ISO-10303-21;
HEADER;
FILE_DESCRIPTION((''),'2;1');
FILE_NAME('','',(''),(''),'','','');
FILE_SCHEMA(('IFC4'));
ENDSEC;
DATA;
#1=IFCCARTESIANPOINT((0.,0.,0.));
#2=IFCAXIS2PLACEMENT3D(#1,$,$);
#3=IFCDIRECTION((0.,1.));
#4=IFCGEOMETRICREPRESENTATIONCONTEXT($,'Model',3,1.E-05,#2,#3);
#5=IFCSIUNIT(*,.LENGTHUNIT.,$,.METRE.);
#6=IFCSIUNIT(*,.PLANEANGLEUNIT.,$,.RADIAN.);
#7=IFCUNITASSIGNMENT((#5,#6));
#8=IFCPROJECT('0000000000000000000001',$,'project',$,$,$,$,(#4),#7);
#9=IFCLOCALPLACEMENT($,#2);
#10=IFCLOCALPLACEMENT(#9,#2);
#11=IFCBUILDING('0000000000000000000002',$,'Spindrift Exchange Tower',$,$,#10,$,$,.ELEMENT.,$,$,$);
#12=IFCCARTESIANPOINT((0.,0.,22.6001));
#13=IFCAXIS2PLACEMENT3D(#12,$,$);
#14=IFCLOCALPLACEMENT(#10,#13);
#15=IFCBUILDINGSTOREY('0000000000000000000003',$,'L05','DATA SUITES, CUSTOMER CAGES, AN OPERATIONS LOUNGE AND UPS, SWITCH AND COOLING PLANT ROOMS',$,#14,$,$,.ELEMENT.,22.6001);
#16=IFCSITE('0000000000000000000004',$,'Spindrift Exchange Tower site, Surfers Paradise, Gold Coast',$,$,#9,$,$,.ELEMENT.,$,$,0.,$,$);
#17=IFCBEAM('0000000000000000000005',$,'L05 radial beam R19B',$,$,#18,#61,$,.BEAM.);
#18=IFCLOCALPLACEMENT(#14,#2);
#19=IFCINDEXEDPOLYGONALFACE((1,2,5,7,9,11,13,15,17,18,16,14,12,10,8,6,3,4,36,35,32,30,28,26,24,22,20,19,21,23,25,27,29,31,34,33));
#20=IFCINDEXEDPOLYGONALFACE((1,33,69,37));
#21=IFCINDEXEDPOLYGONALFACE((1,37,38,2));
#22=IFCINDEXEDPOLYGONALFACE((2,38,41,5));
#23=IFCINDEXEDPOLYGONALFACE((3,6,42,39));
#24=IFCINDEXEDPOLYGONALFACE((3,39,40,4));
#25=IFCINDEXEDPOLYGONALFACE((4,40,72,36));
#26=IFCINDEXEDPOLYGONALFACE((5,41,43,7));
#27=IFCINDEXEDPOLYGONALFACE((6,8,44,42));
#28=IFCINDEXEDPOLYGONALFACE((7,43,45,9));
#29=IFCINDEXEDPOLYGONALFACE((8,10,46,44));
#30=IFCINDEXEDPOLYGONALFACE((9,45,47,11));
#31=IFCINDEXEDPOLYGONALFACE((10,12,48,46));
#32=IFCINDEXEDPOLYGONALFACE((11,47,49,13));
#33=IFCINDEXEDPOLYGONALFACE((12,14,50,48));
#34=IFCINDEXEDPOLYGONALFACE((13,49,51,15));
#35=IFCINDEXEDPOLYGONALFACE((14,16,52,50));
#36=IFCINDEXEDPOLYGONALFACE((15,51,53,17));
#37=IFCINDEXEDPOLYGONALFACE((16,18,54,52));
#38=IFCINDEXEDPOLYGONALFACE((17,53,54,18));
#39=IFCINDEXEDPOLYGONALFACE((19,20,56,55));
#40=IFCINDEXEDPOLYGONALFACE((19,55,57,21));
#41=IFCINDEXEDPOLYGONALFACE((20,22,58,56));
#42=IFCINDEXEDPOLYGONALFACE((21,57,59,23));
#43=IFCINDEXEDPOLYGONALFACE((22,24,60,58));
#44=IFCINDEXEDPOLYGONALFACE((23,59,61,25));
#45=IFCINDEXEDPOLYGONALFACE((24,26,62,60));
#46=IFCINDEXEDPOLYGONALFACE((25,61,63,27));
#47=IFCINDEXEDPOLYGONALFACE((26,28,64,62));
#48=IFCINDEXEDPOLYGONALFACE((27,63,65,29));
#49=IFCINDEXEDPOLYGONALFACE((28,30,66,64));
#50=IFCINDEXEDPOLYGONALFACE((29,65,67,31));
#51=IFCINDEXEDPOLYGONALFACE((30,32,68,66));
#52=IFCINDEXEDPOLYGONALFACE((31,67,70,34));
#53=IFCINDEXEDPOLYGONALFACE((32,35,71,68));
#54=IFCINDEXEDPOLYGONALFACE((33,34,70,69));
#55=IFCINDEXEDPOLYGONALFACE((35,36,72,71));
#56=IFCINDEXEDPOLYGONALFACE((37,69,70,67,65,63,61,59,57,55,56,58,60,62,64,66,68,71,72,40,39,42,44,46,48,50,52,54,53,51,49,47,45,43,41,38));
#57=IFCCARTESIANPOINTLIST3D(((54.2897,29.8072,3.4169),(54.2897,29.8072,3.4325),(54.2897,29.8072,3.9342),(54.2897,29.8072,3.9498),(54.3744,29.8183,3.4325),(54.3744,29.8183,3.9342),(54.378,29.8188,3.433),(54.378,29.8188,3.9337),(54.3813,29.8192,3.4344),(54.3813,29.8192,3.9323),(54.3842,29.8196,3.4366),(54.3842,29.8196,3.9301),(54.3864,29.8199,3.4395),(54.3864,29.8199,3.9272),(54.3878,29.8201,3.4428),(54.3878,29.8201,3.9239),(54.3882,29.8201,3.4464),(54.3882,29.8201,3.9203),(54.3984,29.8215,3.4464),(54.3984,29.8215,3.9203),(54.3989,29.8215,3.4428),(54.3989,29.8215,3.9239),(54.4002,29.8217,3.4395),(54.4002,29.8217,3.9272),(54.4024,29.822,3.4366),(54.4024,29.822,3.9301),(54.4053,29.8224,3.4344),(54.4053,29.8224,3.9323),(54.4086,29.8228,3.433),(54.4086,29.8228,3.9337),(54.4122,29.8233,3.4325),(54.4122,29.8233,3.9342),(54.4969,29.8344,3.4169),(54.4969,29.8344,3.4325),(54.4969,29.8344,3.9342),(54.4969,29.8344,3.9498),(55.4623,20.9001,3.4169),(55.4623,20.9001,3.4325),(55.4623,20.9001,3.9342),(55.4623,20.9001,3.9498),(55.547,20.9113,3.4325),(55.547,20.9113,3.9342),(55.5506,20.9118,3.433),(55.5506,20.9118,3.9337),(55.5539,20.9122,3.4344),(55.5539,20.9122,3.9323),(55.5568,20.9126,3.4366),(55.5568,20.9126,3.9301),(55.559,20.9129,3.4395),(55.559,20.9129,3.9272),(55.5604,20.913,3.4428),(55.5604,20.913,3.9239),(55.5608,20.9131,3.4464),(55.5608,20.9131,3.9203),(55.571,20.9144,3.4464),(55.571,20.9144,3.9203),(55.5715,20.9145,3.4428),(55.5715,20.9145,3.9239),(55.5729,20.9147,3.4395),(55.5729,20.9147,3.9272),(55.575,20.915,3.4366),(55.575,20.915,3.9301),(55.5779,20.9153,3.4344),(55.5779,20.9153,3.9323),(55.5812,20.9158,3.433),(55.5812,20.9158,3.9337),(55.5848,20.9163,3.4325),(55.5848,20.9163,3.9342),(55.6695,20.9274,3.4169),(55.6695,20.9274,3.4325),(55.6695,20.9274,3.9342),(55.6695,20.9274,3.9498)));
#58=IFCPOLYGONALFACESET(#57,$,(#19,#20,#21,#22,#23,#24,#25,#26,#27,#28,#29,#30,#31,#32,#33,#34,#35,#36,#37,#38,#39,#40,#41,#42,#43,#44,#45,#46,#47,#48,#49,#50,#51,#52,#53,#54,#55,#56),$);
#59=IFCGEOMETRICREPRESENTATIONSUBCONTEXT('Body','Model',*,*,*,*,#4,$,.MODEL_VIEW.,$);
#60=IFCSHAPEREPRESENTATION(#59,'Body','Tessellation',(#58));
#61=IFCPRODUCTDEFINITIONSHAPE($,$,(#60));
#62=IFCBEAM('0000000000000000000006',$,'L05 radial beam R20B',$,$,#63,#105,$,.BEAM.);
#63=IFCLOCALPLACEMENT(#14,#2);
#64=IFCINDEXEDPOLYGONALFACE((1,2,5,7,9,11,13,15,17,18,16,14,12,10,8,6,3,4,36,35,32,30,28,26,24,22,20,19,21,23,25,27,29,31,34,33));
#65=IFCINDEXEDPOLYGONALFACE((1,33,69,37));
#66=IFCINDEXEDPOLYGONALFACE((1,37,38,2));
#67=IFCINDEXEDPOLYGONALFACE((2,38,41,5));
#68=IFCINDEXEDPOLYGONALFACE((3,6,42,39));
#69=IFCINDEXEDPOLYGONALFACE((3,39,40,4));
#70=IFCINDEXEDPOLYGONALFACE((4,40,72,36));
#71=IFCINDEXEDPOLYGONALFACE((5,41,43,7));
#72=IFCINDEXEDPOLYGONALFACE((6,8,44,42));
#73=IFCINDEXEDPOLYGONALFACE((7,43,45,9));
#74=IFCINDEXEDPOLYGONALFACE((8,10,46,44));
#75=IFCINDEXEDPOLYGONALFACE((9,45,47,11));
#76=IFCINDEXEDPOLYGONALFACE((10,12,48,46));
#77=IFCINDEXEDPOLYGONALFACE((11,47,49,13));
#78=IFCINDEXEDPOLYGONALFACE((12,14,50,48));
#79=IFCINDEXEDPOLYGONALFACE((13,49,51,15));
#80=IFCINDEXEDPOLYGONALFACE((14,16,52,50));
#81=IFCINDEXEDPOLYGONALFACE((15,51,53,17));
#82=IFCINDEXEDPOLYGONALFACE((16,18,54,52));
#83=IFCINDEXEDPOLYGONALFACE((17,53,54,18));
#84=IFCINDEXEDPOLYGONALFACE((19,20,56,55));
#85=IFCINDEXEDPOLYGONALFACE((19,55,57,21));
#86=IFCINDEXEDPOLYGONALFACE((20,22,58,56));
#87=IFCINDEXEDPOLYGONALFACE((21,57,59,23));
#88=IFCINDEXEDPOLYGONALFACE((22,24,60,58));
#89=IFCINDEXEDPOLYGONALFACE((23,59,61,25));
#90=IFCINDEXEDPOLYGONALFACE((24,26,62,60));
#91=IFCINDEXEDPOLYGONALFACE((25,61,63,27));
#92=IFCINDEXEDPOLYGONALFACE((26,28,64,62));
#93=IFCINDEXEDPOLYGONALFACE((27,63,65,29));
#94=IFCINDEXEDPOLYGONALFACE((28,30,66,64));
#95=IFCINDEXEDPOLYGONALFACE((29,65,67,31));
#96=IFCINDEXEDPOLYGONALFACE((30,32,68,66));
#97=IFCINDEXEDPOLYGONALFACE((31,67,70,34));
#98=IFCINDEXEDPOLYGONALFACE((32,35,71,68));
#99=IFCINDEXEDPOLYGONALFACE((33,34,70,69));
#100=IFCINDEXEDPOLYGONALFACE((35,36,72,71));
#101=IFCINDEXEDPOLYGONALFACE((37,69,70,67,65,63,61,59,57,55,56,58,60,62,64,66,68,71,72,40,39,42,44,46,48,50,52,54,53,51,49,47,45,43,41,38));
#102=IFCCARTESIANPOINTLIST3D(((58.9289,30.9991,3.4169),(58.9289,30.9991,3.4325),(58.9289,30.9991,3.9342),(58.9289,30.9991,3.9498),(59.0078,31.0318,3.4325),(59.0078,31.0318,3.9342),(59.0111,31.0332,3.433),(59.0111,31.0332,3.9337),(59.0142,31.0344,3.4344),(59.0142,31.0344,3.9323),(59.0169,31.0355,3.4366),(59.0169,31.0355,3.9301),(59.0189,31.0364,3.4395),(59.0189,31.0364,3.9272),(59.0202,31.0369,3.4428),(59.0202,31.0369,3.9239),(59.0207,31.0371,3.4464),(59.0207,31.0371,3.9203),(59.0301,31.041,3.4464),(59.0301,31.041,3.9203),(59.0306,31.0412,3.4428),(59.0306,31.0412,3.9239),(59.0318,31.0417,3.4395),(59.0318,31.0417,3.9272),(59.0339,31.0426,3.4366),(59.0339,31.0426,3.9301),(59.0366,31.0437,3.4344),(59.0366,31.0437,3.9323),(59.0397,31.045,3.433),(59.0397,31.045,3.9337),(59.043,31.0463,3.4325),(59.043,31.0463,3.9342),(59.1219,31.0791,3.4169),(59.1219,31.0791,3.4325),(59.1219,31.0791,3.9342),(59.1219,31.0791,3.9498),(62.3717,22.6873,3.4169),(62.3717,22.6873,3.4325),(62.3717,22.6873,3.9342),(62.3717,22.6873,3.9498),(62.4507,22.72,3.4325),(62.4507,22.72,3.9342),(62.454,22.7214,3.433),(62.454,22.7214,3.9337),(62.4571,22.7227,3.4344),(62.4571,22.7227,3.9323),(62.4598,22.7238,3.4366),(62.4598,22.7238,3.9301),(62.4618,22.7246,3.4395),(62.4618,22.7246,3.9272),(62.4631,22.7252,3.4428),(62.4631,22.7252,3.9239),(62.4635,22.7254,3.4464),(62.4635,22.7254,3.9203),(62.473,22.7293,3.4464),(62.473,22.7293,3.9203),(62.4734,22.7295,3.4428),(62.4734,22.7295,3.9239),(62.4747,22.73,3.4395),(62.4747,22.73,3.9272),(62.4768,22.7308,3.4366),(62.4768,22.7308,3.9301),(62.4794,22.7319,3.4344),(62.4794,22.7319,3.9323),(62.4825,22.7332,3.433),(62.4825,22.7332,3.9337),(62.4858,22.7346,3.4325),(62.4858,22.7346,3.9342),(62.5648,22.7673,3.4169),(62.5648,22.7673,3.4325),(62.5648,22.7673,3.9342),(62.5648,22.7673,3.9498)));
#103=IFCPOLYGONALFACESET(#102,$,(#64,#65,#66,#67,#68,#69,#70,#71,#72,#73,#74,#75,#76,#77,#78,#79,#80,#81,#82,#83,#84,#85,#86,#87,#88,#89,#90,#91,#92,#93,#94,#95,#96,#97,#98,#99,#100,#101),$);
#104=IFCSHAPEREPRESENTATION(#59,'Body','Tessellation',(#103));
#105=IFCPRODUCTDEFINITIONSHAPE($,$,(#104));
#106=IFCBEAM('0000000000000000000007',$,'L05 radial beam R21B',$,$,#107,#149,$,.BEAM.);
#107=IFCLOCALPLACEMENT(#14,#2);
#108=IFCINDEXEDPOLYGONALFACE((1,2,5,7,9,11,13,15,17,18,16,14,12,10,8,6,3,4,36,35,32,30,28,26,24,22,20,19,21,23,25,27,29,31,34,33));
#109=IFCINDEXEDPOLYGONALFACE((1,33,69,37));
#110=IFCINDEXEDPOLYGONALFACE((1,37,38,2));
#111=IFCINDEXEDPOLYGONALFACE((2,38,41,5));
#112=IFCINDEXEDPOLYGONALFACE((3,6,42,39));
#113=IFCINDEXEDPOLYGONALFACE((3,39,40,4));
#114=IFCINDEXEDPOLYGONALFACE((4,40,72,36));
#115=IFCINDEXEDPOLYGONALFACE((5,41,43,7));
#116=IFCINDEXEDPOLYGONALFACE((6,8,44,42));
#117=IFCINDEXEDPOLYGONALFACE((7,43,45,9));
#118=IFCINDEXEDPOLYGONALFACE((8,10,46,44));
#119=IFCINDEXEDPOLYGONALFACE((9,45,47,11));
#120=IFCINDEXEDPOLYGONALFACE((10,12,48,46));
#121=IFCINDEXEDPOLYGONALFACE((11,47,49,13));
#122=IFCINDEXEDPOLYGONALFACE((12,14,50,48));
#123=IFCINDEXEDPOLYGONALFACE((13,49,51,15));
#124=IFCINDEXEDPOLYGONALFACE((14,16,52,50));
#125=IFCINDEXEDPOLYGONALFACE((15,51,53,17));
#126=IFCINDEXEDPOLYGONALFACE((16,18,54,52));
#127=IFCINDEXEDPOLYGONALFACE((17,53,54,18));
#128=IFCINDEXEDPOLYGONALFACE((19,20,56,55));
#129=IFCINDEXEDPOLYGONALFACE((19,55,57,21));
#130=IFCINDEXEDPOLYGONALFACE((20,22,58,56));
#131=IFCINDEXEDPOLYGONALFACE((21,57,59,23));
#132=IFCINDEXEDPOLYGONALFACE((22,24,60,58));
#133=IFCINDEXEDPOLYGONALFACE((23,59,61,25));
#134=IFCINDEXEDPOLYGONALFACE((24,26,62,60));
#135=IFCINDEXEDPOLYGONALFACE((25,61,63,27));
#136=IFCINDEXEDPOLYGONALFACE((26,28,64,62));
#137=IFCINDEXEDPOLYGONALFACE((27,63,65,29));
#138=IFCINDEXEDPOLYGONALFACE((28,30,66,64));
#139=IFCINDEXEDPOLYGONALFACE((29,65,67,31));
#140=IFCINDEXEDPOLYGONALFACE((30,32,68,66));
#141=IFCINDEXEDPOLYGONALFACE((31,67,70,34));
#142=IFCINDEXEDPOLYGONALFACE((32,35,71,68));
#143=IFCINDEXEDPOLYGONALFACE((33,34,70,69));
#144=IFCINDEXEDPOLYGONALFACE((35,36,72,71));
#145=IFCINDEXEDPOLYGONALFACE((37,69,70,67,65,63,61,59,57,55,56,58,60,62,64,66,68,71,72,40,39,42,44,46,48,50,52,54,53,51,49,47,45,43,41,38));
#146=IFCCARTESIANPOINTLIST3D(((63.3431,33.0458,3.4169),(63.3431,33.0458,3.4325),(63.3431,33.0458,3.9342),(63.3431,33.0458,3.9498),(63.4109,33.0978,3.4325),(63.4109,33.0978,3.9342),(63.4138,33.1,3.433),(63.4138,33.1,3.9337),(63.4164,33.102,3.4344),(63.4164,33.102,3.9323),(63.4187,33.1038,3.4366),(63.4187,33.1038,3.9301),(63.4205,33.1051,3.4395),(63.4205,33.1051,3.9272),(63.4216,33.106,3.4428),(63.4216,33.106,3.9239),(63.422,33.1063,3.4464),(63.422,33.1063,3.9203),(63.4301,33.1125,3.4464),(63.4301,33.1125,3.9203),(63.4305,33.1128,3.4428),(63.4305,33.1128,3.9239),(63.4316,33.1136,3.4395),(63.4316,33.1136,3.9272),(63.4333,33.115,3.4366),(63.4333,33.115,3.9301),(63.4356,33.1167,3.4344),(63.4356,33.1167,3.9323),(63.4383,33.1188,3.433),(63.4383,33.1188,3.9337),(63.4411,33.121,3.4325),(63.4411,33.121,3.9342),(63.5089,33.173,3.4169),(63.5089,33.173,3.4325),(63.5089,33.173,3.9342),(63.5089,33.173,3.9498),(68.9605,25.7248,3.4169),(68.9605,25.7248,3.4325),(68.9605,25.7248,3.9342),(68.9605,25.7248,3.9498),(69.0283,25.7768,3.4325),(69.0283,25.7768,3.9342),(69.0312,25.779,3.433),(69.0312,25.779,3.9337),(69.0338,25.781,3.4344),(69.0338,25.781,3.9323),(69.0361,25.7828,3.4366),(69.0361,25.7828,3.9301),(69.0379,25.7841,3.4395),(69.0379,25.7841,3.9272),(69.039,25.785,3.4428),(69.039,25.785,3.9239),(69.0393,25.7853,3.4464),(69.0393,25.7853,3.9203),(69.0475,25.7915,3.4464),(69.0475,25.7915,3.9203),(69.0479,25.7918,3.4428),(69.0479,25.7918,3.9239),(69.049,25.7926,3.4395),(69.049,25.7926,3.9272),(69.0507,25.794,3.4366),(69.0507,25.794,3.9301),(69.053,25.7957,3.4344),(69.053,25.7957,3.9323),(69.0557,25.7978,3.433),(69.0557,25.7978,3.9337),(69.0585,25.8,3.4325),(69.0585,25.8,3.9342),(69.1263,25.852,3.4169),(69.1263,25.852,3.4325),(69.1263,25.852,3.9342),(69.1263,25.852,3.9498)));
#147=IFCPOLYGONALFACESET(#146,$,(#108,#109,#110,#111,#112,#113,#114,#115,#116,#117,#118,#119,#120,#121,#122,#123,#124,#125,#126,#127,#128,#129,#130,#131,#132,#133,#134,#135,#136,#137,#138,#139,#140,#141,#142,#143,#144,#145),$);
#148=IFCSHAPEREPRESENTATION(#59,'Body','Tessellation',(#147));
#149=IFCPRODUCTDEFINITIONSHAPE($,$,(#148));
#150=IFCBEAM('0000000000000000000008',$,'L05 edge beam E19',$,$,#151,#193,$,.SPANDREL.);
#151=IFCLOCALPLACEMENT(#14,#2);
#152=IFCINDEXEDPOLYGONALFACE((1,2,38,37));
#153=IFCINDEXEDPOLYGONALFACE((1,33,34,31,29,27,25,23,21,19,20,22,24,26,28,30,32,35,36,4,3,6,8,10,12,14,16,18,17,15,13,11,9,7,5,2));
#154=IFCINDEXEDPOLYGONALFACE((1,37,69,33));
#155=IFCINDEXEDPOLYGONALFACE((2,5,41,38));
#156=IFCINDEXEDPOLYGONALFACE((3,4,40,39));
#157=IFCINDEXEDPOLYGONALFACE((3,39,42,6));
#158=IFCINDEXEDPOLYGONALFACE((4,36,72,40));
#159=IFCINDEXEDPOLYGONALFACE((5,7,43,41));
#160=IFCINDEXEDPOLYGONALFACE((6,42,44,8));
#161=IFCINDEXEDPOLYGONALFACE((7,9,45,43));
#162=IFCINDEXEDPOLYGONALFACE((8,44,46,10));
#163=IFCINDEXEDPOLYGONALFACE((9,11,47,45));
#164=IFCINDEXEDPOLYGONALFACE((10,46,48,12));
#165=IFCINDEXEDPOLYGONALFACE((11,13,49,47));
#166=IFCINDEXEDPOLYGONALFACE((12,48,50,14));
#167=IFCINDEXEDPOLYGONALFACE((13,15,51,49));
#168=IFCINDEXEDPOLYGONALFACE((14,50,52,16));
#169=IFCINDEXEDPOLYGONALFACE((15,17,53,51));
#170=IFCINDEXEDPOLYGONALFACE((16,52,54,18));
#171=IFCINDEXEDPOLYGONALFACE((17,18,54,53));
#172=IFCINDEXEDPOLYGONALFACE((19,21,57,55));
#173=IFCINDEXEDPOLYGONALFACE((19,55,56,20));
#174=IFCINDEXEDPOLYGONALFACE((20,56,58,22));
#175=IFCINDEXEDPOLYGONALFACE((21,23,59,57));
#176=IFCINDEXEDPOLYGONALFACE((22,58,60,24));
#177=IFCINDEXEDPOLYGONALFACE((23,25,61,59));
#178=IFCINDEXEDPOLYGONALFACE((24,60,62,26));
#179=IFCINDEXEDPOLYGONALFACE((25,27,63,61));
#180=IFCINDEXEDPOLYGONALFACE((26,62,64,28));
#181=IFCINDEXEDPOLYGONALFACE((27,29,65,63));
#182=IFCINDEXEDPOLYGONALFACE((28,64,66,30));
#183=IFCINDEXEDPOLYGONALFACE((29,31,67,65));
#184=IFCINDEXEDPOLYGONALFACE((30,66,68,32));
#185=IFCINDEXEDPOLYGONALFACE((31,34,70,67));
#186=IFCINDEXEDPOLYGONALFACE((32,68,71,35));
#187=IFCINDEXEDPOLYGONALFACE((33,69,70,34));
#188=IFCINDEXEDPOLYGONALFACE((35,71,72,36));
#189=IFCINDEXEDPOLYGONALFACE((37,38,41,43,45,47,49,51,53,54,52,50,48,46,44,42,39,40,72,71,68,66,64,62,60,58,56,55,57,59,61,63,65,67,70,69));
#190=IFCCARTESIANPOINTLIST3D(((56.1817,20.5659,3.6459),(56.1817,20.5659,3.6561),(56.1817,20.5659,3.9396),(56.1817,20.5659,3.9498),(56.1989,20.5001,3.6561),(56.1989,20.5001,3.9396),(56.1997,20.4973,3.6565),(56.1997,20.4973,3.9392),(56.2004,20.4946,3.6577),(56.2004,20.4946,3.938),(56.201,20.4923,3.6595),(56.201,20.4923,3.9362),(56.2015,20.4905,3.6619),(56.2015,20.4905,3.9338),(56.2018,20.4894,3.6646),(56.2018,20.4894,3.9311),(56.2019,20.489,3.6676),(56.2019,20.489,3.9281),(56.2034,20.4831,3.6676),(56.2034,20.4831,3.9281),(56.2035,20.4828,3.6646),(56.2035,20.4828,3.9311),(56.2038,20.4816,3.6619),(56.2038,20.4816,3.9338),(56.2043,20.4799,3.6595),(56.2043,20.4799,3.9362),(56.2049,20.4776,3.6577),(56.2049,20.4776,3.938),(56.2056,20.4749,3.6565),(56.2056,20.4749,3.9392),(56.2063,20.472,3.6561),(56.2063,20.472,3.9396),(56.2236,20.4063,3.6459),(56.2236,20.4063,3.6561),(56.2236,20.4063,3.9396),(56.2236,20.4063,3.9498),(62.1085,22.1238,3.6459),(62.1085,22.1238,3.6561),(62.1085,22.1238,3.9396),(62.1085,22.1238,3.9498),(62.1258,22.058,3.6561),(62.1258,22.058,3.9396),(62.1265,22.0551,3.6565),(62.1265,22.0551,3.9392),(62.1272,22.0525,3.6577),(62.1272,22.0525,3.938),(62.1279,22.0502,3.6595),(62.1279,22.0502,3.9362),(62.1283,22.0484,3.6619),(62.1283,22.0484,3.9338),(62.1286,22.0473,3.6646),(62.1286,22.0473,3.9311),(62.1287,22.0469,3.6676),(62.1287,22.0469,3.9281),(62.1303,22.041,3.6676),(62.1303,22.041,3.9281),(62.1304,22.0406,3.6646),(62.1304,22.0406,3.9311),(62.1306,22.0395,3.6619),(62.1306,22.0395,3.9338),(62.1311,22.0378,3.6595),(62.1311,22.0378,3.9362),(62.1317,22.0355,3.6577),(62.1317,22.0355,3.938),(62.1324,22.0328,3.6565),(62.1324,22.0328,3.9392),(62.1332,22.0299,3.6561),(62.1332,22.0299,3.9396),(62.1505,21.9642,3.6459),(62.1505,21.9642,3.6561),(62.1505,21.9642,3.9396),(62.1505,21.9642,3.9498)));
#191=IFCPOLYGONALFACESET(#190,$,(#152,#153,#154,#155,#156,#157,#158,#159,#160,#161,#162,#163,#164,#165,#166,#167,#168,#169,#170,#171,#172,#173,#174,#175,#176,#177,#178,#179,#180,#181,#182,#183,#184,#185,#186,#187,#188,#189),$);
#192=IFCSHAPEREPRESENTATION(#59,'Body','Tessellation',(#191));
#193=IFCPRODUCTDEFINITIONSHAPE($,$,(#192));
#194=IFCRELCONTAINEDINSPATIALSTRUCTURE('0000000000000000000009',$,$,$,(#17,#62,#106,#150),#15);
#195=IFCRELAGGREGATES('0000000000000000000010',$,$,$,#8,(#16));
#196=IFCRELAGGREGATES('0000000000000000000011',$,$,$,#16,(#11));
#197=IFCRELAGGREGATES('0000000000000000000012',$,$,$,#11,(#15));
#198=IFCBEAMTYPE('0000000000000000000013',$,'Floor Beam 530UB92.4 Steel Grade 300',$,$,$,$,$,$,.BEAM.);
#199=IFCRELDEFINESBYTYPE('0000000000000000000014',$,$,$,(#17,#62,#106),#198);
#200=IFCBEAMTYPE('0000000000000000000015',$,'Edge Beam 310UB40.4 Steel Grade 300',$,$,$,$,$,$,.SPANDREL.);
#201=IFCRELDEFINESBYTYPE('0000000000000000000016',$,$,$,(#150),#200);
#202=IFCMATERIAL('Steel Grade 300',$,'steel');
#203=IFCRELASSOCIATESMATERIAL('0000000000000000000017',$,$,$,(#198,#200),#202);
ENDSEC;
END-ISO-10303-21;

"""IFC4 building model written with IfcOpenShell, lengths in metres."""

from ifc_helpers import new_model, si_unit, direction, frame, origin, origin_2d, place, context, subcontext, project, spatial, i_section, extrude, source, transform, mapped, material, material_profile, profile_set, type_object, element, save


model = new_model("IFC4")

# Units and contexts
model_context = context("Model", 3, precision=1e-05, world=origin(), true_north=direction((0.0, 1.0)))
body_context = subcontext(model_context, "Body", "Model", "MODEL_VIEW")
ifc_project = project(units=[si_unit("LENGTHUNIT", "METRE"), si_unit("PLANEANGLEUNIT", "RADIAN")], contexts=[model_context])

# Site, building, storey
site_placement = place(None, origin())
site = spatial("IfcSite", under=ifc_project, at=site_placement, Name="Spindrift Exchange Tower site, Surfers Paradise, Gold Coast", CompositionType="ELEMENT", RefElevation=0.0)
building_placement = place(site_placement, origin())
building = spatial("IfcBuilding", under=site, at=building_placement, Name="Spindrift Exchange Tower", CompositionType="ELEMENT")
storey_placement = place(building_placement, frame((0.0, 0.0, 22.6001)))
storey = spatial("IfcBuildingStorey", under=building, at=storey_placement, Name="L05", Description="DATA SUITES, CUSTOMER CAGES, AN OPERATIONS LOUNGE AND UPS, SWITCH AND COOLING PLANT ROOMS", CompositionType="ELEMENT", Elevation=22.6001)

# Beams
ifc_material_1 = material(Name="Steel Grade 300", Category="steel")
ifc_material_profile_1 = material_profile(ifc_material_1, i_section(OverallWidth=0.209, OverallDepth=0.533, WebThickness=0.0103, FlangeThickness=0.0156, FilletRadius=0.0139, at=origin_2d()), Name="530UB92.4")
ifc_profile_set_1 = profile_set([ifc_material_profile_1], Name="Steel Grade 300")
beam_type_1 = type_object("IfcBeamType", Name="Floor Beam 530UB92.4 Steel Grade 300", PredefinedType="BEAM", material=ifc_profile_set_1)
shared_shape_1 = source(origin(), body_context, "Body", "SweptSolid", [
    extrude(i_section(OverallWidth=0.209, OverallDepth=0.533, WebThickness=0.0103, FlangeThickness=0.0156, FilletRadius=0.0139, at=origin_2d()), origin(), (0.0, 0.0, 1.0), 8.9839),
])
beam_1_placement = place(storey_placement, frame((54.3933, 29.8208, 3.6833), z_axis=(0.130524, -0.991445, 0.0), x_axis=(0.991445, 0.130524, 0.0)))
element("IfcBeam", 1, at=beam_1_placement, inside=storey, type_object=beam_type_1, Name="L05 radial beam R19B", PredefinedType="BEAM", context=body_context, shape_type="MappedRepresentation", body=[
    mapped(shared_shape_1, transform((0.0, 0.0, 0.0), scale=1.0)),
])
shared_shape_2 = source(origin(), body_context, "Body", "SweptSolid", [
    extrude(i_section(OverallWidth=0.209, OverallDepth=0.533, WebThickness=0.0103, FlangeThickness=0.0156, FilletRadius=0.0139, at=origin_2d()), origin(), (0.0, 0.0, 1.0), 8.9966),
])
beam_2_placement = place(storey_placement, frame((59.0254, 31.0391, 3.6833), z_axis=(0.382686, -0.923879, 0.0), x_axis=(0.923879, 0.382686, 0.0)))
element("IfcBeam", 2, at=beam_2_placement, inside=storey, type_object=beam_type_1, Name="L05 radial beam R20B", PredefinedType="BEAM", context=body_context, shape_type="MappedRepresentation", body=[
    mapped(shared_shape_2, transform((0.0, 0.0, 0.0), scale=1.0)),
])
shared_shape_3 = source(origin(), body_context, "Body", "SweptSolid", [
    extrude(i_section(OverallWidth=0.209, OverallDepth=0.533, WebThickness=0.0103, FlangeThickness=0.0156, FilletRadius=0.0139, at=origin_2d()), origin(), (0.0, 0.0, 1.0), 9.2278),
])
beam_3_placement = place(storey_placement, frame((63.426, 33.1094, 3.6833), z_axis=(0.608748, -0.793364, 0.0), x_axis=(0.793364, 0.608748, 0.0)))
element("IfcBeam", 3, at=beam_3_placement, inside=storey, type_object=beam_type_1, Name="L05 radial beam R21B", PredefinedType="BEAM", context=body_context, shape_type="MappedRepresentation", body=[
    mapped(shared_shape_3, transform((0.0, 0.0, 0.0), scale=1.0)),
])
ifc_material_profile_2 = material_profile(ifc_material_1, i_section(OverallWidth=0.165, OverallDepth=0.304, WebThickness=0.0061, FlangeThickness=0.0103, FilletRadius=0.0115, at=origin_2d()), Name="310UB40.4")
ifc_profile_set_2 = profile_set([ifc_material_profile_2], Name="Steel Grade 300")
beam_type_2 = type_object("IfcBeamType", Name="Edge Beam 310UB40.4 Steel Grade 300", PredefinedType="SPANDREL", material=ifc_profile_set_2)
shared_shape_4 = source(origin(), body_context, "Body", "SweptSolid", [
    extrude(i_section(OverallWidth=0.165, OverallDepth=0.304, WebThickness=0.0061, FlangeThickness=0.0103, FilletRadius=0.0115, at=origin_2d()), origin(), (0.0, 0.0, 1.0), 6.1282),
])
beam_4_placement = place(storey_placement, frame((56.2026, 20.4861, 3.7979), z_axis=(0.967147, 0.254217, 0.0), x_axis=(-0.254217, 0.967147, 0.0)))
element("IfcBeam", 4, at=beam_4_placement, inside=storey, type_object=beam_type_2, Name="L05 edge beam E19", PredefinedType="SPANDREL", context=body_context, shape_type="MappedRepresentation", body=[
    mapped(shared_shape_4, transform((0.0, 0.0, 0.0), scale=1.0)),
])

save(model, "model.ifc")
